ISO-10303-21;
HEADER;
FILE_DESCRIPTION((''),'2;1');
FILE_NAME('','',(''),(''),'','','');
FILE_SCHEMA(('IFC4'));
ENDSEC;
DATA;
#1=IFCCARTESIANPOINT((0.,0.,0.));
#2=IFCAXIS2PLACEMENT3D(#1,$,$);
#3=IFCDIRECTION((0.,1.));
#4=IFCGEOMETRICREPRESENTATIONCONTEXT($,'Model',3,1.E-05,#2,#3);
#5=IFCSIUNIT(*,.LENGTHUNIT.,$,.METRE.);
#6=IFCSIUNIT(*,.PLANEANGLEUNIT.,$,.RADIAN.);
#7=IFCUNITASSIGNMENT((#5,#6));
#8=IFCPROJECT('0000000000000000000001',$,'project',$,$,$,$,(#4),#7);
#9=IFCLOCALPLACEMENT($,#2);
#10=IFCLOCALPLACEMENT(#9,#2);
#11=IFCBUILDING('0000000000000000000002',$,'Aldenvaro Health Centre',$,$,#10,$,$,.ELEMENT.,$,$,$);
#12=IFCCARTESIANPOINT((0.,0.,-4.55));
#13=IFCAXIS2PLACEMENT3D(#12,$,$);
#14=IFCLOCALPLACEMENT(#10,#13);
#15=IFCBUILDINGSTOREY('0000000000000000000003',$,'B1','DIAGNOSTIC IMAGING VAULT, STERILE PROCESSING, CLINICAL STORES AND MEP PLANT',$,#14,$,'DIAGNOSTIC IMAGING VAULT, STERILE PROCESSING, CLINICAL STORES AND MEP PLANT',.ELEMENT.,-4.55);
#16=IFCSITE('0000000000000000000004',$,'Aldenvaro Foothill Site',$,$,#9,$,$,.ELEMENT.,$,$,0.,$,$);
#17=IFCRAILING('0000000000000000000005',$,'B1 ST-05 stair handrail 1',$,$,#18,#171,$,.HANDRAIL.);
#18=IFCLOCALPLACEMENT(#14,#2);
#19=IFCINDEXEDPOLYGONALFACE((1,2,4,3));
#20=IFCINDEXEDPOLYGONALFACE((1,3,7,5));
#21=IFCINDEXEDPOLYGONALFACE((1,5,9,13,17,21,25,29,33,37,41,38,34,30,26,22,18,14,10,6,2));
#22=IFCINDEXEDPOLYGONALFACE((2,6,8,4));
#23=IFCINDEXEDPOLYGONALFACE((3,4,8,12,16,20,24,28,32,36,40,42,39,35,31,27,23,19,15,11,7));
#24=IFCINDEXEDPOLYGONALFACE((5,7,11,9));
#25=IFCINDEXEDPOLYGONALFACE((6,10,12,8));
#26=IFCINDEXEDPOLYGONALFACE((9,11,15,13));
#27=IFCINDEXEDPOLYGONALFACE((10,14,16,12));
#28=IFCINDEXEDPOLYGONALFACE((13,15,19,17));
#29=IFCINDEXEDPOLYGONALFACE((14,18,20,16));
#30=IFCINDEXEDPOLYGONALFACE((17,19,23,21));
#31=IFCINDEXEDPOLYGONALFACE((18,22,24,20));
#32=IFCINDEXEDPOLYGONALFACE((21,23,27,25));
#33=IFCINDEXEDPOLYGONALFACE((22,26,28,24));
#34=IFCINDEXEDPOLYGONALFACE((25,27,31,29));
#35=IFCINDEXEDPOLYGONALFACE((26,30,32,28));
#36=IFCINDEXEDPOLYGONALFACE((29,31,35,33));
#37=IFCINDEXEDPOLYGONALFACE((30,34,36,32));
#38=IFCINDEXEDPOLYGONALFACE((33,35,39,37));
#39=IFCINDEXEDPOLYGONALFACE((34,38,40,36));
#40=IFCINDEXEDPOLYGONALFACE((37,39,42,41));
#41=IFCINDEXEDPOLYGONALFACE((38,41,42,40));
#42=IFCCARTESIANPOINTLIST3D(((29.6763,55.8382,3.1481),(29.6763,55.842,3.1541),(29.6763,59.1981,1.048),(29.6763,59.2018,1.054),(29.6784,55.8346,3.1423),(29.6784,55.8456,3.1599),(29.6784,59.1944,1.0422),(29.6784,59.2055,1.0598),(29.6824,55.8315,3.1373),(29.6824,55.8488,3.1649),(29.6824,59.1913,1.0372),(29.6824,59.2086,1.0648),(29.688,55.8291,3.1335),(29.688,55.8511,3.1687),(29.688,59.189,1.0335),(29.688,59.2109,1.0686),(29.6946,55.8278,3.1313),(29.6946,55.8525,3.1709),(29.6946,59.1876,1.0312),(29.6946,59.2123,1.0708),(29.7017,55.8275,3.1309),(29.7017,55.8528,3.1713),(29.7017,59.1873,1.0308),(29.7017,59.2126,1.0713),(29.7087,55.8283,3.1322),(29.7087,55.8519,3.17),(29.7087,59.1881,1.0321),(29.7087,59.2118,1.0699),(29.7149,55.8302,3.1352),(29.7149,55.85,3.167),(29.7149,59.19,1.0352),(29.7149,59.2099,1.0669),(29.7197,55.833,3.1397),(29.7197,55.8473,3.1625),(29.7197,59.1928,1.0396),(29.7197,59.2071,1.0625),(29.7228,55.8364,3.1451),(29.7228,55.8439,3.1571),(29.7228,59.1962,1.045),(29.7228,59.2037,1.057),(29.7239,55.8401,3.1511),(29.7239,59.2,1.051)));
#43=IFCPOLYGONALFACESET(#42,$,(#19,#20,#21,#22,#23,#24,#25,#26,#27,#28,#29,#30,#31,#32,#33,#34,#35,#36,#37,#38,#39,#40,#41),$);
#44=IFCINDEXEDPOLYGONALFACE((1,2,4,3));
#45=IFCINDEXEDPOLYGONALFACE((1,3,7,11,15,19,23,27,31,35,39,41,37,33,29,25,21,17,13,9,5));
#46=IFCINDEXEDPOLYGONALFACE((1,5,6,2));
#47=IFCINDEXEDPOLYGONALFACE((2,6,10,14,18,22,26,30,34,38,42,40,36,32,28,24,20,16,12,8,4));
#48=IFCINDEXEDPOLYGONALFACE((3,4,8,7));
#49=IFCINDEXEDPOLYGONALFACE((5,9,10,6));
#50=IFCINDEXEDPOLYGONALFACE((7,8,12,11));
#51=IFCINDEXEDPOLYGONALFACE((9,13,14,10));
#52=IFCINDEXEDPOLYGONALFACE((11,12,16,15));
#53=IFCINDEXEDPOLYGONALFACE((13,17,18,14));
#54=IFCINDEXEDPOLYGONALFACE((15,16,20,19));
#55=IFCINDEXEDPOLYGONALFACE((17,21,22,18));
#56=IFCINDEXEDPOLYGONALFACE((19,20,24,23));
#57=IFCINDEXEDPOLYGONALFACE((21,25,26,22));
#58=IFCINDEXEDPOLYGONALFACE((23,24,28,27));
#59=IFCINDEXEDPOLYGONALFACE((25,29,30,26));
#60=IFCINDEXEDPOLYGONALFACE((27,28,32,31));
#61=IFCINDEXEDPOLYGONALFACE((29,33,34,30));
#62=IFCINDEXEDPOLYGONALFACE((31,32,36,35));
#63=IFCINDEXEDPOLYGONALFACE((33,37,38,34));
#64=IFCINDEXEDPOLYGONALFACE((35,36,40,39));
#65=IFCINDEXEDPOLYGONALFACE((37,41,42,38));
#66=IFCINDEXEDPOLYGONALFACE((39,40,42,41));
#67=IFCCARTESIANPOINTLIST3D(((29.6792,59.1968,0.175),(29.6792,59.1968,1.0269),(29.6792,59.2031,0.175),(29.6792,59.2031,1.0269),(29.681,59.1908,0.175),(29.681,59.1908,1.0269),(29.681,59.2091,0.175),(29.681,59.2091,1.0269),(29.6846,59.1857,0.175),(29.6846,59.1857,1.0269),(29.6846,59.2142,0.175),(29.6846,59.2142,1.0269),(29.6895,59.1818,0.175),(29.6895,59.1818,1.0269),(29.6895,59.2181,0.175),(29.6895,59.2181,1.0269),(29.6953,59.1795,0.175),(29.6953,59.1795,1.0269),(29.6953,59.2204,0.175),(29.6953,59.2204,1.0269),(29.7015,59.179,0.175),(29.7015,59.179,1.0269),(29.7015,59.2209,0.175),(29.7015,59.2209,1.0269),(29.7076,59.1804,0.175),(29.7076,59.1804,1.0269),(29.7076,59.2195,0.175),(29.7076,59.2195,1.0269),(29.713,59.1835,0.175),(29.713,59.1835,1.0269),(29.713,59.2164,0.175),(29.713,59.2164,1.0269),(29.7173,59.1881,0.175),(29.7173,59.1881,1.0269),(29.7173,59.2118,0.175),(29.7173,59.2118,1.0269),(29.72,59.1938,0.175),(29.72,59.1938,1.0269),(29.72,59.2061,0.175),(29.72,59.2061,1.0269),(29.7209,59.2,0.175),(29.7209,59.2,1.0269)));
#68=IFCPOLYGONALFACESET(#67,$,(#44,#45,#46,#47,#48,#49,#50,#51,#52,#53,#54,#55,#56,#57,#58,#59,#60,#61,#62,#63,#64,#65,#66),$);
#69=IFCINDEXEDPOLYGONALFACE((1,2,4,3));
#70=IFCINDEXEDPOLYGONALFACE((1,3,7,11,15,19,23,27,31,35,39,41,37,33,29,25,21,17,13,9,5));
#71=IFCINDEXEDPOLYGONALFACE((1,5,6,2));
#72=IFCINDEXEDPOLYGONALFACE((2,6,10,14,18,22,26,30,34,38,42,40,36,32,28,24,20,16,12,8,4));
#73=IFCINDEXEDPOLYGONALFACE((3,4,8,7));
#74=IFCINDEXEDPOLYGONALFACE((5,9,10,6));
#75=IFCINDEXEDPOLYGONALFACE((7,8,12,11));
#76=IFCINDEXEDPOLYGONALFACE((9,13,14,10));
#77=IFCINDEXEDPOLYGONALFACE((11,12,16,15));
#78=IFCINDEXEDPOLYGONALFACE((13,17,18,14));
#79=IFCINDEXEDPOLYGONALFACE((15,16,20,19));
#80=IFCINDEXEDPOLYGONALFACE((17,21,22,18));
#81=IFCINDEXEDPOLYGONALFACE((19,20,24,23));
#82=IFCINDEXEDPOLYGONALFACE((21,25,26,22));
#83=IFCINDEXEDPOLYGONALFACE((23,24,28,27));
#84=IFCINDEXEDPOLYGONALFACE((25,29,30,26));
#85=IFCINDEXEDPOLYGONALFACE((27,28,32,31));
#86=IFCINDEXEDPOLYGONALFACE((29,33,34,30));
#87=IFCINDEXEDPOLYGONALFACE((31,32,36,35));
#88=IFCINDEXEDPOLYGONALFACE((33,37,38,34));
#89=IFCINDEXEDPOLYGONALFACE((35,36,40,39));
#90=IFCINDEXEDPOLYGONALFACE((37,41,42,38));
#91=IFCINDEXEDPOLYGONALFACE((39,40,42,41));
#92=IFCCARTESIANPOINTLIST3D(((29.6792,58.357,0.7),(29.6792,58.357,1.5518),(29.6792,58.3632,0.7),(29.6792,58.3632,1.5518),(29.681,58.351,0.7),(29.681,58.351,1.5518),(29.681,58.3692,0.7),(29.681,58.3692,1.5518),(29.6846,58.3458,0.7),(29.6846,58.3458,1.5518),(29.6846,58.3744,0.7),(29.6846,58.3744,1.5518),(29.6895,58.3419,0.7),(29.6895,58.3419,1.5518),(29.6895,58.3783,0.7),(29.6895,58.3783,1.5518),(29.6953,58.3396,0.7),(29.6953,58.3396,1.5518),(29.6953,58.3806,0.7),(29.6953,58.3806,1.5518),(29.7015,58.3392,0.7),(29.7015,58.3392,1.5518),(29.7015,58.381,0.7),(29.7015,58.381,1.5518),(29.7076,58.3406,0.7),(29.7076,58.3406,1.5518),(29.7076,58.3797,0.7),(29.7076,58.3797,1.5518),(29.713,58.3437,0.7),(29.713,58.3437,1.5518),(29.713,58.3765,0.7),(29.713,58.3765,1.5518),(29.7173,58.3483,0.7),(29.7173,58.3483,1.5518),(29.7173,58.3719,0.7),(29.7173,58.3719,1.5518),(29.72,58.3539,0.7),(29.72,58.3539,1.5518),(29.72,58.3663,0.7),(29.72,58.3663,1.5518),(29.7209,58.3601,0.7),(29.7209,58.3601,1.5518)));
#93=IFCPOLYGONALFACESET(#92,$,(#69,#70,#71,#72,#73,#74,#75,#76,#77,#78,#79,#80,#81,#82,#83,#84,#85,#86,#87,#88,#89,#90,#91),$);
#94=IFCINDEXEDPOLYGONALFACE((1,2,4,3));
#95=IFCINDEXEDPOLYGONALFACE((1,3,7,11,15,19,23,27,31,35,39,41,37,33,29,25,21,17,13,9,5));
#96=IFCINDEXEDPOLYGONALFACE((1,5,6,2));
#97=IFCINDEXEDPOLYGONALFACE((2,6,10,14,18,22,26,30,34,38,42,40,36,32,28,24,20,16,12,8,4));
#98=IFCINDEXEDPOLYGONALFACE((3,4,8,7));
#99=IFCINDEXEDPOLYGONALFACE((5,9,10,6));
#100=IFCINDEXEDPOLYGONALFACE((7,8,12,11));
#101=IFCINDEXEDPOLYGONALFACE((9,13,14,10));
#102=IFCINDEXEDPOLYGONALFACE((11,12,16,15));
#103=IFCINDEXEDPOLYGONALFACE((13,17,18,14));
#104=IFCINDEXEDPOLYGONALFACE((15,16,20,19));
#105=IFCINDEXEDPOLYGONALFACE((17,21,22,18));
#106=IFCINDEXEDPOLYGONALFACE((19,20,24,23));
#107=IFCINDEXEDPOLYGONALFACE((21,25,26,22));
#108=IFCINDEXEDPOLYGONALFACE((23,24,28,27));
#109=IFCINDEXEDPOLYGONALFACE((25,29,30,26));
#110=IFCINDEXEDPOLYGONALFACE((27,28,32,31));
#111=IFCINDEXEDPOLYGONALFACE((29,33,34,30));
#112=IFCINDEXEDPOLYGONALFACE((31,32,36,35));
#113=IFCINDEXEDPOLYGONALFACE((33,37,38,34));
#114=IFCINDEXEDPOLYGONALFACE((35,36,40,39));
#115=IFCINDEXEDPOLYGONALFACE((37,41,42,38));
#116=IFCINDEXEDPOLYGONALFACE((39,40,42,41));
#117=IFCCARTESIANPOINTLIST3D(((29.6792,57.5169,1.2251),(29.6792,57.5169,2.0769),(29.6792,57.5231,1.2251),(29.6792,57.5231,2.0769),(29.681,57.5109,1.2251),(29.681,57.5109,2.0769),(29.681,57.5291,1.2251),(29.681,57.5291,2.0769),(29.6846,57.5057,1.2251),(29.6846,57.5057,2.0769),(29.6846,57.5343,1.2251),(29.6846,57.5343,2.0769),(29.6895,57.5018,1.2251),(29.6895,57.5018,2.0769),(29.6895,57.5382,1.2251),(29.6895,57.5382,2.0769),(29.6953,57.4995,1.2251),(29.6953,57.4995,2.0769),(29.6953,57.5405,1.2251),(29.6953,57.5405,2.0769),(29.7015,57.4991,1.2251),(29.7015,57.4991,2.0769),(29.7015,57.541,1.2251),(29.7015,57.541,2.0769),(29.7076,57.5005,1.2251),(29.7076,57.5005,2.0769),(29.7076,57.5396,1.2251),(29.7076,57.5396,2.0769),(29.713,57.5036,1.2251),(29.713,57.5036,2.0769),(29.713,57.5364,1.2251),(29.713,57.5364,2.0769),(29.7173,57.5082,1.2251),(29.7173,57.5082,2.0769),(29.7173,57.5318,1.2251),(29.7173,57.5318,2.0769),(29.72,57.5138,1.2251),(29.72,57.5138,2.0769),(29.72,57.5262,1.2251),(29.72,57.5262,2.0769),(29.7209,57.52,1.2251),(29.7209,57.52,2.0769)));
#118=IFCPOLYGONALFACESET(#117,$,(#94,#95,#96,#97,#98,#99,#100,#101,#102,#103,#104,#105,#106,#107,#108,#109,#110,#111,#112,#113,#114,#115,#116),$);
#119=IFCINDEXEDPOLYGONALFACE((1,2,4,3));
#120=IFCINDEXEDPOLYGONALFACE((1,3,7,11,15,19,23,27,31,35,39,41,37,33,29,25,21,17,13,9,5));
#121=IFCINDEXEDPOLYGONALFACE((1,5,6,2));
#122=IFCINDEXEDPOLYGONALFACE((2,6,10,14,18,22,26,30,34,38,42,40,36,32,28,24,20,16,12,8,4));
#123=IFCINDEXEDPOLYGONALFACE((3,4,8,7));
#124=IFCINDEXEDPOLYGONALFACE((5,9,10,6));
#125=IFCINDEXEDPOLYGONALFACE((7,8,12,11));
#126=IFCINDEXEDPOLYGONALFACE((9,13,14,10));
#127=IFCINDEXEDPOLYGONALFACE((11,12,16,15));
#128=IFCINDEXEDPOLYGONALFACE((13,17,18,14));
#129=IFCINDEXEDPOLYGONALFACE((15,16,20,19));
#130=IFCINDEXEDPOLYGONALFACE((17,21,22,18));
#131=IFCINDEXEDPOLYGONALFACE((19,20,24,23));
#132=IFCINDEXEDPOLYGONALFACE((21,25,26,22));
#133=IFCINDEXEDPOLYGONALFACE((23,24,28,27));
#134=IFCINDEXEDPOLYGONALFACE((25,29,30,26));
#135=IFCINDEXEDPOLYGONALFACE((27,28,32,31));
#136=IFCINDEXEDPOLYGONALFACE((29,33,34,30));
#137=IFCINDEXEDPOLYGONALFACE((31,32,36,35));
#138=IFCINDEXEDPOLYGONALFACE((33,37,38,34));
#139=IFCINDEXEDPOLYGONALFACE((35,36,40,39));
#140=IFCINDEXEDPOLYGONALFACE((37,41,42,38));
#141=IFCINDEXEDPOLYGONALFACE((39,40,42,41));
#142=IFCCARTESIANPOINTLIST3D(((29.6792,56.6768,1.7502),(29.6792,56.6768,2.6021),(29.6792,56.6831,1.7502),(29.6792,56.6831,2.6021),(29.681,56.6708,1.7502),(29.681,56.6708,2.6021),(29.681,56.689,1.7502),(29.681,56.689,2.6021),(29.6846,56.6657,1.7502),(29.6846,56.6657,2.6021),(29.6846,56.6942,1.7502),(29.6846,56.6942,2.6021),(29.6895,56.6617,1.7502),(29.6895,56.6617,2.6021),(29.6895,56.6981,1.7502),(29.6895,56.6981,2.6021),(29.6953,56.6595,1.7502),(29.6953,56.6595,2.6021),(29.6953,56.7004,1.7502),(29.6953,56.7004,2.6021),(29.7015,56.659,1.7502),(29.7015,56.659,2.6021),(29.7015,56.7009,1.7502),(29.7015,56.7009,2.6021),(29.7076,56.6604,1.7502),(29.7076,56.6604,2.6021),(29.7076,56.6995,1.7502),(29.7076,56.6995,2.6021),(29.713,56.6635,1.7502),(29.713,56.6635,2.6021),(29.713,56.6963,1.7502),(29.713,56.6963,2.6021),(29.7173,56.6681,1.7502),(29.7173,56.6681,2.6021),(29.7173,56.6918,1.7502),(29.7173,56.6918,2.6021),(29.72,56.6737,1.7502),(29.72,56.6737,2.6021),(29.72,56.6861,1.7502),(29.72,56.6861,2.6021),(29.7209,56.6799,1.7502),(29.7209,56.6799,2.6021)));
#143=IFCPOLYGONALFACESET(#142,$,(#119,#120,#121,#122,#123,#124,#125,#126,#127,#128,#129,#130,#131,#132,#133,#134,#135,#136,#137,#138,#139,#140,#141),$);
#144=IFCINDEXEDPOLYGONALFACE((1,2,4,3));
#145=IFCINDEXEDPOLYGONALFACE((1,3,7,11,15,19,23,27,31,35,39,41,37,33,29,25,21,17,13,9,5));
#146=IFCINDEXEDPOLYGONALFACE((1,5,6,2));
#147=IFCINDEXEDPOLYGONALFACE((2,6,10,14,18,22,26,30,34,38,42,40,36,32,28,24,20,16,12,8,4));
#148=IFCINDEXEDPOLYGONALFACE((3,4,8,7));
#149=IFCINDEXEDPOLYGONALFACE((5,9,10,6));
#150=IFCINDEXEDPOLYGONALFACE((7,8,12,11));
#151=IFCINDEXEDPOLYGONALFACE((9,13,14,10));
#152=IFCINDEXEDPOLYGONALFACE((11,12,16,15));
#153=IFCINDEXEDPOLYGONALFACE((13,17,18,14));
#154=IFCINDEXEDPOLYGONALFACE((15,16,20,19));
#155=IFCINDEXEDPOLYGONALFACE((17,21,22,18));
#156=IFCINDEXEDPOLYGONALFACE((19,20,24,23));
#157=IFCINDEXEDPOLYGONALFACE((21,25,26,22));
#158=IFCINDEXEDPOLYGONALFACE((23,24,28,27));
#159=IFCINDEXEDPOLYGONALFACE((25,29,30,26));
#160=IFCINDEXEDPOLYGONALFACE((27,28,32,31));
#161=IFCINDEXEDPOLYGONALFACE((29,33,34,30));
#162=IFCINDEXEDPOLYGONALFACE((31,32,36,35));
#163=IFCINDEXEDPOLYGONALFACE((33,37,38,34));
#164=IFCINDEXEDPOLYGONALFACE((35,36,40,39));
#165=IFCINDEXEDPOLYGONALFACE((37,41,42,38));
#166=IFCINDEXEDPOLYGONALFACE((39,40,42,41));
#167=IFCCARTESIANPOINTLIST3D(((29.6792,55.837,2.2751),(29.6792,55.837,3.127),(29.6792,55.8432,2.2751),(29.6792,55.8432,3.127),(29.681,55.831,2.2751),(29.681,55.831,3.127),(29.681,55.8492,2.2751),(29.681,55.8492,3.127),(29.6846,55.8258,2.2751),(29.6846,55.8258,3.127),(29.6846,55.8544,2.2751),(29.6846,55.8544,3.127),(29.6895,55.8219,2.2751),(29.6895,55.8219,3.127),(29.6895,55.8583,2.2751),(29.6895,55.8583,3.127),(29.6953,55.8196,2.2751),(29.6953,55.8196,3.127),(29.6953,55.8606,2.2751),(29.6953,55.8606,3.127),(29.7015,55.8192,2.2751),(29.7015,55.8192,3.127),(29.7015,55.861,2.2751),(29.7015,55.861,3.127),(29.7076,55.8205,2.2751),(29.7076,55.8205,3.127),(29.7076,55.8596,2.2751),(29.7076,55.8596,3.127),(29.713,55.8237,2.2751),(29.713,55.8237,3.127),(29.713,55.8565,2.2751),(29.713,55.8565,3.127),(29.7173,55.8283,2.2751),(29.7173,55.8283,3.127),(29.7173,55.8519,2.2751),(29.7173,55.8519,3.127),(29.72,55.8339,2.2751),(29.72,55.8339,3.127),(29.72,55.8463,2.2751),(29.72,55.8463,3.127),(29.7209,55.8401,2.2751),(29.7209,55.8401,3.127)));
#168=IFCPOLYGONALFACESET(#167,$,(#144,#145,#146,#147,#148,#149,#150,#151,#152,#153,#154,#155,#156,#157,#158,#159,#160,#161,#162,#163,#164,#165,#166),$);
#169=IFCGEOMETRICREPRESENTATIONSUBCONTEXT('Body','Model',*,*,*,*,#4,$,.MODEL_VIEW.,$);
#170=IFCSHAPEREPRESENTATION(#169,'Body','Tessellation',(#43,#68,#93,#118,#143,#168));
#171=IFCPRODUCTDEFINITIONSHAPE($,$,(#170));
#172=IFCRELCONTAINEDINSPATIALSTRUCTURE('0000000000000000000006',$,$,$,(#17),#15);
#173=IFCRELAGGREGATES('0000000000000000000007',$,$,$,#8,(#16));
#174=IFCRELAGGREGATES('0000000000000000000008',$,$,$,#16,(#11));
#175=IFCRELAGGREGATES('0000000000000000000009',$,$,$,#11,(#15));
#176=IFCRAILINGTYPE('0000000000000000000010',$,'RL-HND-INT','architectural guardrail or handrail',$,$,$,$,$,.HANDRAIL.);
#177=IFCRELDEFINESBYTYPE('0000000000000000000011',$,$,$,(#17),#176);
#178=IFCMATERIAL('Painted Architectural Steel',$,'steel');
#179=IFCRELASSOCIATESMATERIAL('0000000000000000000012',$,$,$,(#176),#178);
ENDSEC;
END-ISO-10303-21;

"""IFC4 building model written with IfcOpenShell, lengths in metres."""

from ifc_helpers import new_model, si_unit, direction, frame, origin, origin_2d, place, context, subcontext, project, spatial, circle, extrude, material, type_object, element, save


model = new_model("IFC4")

# Units and contexts
model_context = context("Model", 3, precision=1e-05, world=origin(), true_north=direction((0.0, 1.0)))
body_context = subcontext(model_context, "Body", "Model", "MODEL_VIEW")
ifc_project = project(units=[si_unit("LENGTHUNIT", "METRE"), si_unit("PLANEANGLEUNIT", "RADIAN")], contexts=[model_context])

# Site, building, storey
site_placement = place(None, origin())
site = spatial("IfcSite", under=ifc_project, at=site_placement, Name="Aldenvaro Foothill Site", CompositionType="ELEMENT", RefElevation=0.0)
building_placement = place(site_placement, origin())
building = spatial("IfcBuilding", under=site, at=building_placement, Name="Aldenvaro Health Centre", CompositionType="ELEMENT")
storey_placement = place(building_placement, frame((0.0, 0.0, -4.55)))
storey = spatial("IfcBuildingStorey", under=building, at=storey_placement, Name="B1", Description="DIAGNOSTIC IMAGING VAULT, STERILE PROCESSING, CLINICAL STORES AND MEP PLANT", LongName="DIAGNOSTIC IMAGING VAULT, STERILE PROCESSING, CLINICAL STORES AND MEP PLANT", CompositionType="ELEMENT", Elevation=-4.55)

# Railing
ifc_material_1 = material(Name="Painted Architectural Steel", Category="steel")
railing_type_1 = type_object("IfcRailingType", Name="RL-HND-INT", Description="architectural guardrail or handrail", PredefinedType="HANDRAIL", material=ifc_material_1)
railing_1_placement = place(storey_placement, frame((29.7, 59.2, 0.175)))
element("IfcRailing", 1, at=railing_1_placement, inside=storey, type_object=railing_type_1, Name="B1 ST-05 stair handrail 1", PredefinedType="HANDRAIL", context=body_context, shape_type="SweptSolid", body=[
    extrude(circle(Radius=0.0239, at=origin_2d()), frame((0.0, 0.0, 0.876), z_axis=(0.0, -0.847978, 0.530032), x_axis=(1.0, 0.0, 0.0)), (0.0, 0.0, 1.0), 3.9622),
    extrude(circle(Radius=0.021, at=origin_2d()), origin(), (0.0, 0.0, 1.0), 0.8518),
    extrude(circle(Radius=0.021, at=origin_2d()), frame((0.0, -0.8398, 0.5249)), (0.0, 0.0, 1.0), 0.8518),
    extrude(circle(Radius=0.021, at=origin_2d()), frame((0.0, -1.6799, 1.05)), (0.0, 0.0, 1.0), 0.8518),
    extrude(circle(Radius=0.021, at=origin_2d()), frame((0.0, -2.52, 1.5752)), (0.0, 0.0, 1.0), 0.8518),
    extrude(circle(Radius=0.021, at=origin_2d()), frame((0.0, -3.3599, 2.1001)), (0.0, 0.0, 1.0), 0.8518),
])

save(model, "model.ifc")
